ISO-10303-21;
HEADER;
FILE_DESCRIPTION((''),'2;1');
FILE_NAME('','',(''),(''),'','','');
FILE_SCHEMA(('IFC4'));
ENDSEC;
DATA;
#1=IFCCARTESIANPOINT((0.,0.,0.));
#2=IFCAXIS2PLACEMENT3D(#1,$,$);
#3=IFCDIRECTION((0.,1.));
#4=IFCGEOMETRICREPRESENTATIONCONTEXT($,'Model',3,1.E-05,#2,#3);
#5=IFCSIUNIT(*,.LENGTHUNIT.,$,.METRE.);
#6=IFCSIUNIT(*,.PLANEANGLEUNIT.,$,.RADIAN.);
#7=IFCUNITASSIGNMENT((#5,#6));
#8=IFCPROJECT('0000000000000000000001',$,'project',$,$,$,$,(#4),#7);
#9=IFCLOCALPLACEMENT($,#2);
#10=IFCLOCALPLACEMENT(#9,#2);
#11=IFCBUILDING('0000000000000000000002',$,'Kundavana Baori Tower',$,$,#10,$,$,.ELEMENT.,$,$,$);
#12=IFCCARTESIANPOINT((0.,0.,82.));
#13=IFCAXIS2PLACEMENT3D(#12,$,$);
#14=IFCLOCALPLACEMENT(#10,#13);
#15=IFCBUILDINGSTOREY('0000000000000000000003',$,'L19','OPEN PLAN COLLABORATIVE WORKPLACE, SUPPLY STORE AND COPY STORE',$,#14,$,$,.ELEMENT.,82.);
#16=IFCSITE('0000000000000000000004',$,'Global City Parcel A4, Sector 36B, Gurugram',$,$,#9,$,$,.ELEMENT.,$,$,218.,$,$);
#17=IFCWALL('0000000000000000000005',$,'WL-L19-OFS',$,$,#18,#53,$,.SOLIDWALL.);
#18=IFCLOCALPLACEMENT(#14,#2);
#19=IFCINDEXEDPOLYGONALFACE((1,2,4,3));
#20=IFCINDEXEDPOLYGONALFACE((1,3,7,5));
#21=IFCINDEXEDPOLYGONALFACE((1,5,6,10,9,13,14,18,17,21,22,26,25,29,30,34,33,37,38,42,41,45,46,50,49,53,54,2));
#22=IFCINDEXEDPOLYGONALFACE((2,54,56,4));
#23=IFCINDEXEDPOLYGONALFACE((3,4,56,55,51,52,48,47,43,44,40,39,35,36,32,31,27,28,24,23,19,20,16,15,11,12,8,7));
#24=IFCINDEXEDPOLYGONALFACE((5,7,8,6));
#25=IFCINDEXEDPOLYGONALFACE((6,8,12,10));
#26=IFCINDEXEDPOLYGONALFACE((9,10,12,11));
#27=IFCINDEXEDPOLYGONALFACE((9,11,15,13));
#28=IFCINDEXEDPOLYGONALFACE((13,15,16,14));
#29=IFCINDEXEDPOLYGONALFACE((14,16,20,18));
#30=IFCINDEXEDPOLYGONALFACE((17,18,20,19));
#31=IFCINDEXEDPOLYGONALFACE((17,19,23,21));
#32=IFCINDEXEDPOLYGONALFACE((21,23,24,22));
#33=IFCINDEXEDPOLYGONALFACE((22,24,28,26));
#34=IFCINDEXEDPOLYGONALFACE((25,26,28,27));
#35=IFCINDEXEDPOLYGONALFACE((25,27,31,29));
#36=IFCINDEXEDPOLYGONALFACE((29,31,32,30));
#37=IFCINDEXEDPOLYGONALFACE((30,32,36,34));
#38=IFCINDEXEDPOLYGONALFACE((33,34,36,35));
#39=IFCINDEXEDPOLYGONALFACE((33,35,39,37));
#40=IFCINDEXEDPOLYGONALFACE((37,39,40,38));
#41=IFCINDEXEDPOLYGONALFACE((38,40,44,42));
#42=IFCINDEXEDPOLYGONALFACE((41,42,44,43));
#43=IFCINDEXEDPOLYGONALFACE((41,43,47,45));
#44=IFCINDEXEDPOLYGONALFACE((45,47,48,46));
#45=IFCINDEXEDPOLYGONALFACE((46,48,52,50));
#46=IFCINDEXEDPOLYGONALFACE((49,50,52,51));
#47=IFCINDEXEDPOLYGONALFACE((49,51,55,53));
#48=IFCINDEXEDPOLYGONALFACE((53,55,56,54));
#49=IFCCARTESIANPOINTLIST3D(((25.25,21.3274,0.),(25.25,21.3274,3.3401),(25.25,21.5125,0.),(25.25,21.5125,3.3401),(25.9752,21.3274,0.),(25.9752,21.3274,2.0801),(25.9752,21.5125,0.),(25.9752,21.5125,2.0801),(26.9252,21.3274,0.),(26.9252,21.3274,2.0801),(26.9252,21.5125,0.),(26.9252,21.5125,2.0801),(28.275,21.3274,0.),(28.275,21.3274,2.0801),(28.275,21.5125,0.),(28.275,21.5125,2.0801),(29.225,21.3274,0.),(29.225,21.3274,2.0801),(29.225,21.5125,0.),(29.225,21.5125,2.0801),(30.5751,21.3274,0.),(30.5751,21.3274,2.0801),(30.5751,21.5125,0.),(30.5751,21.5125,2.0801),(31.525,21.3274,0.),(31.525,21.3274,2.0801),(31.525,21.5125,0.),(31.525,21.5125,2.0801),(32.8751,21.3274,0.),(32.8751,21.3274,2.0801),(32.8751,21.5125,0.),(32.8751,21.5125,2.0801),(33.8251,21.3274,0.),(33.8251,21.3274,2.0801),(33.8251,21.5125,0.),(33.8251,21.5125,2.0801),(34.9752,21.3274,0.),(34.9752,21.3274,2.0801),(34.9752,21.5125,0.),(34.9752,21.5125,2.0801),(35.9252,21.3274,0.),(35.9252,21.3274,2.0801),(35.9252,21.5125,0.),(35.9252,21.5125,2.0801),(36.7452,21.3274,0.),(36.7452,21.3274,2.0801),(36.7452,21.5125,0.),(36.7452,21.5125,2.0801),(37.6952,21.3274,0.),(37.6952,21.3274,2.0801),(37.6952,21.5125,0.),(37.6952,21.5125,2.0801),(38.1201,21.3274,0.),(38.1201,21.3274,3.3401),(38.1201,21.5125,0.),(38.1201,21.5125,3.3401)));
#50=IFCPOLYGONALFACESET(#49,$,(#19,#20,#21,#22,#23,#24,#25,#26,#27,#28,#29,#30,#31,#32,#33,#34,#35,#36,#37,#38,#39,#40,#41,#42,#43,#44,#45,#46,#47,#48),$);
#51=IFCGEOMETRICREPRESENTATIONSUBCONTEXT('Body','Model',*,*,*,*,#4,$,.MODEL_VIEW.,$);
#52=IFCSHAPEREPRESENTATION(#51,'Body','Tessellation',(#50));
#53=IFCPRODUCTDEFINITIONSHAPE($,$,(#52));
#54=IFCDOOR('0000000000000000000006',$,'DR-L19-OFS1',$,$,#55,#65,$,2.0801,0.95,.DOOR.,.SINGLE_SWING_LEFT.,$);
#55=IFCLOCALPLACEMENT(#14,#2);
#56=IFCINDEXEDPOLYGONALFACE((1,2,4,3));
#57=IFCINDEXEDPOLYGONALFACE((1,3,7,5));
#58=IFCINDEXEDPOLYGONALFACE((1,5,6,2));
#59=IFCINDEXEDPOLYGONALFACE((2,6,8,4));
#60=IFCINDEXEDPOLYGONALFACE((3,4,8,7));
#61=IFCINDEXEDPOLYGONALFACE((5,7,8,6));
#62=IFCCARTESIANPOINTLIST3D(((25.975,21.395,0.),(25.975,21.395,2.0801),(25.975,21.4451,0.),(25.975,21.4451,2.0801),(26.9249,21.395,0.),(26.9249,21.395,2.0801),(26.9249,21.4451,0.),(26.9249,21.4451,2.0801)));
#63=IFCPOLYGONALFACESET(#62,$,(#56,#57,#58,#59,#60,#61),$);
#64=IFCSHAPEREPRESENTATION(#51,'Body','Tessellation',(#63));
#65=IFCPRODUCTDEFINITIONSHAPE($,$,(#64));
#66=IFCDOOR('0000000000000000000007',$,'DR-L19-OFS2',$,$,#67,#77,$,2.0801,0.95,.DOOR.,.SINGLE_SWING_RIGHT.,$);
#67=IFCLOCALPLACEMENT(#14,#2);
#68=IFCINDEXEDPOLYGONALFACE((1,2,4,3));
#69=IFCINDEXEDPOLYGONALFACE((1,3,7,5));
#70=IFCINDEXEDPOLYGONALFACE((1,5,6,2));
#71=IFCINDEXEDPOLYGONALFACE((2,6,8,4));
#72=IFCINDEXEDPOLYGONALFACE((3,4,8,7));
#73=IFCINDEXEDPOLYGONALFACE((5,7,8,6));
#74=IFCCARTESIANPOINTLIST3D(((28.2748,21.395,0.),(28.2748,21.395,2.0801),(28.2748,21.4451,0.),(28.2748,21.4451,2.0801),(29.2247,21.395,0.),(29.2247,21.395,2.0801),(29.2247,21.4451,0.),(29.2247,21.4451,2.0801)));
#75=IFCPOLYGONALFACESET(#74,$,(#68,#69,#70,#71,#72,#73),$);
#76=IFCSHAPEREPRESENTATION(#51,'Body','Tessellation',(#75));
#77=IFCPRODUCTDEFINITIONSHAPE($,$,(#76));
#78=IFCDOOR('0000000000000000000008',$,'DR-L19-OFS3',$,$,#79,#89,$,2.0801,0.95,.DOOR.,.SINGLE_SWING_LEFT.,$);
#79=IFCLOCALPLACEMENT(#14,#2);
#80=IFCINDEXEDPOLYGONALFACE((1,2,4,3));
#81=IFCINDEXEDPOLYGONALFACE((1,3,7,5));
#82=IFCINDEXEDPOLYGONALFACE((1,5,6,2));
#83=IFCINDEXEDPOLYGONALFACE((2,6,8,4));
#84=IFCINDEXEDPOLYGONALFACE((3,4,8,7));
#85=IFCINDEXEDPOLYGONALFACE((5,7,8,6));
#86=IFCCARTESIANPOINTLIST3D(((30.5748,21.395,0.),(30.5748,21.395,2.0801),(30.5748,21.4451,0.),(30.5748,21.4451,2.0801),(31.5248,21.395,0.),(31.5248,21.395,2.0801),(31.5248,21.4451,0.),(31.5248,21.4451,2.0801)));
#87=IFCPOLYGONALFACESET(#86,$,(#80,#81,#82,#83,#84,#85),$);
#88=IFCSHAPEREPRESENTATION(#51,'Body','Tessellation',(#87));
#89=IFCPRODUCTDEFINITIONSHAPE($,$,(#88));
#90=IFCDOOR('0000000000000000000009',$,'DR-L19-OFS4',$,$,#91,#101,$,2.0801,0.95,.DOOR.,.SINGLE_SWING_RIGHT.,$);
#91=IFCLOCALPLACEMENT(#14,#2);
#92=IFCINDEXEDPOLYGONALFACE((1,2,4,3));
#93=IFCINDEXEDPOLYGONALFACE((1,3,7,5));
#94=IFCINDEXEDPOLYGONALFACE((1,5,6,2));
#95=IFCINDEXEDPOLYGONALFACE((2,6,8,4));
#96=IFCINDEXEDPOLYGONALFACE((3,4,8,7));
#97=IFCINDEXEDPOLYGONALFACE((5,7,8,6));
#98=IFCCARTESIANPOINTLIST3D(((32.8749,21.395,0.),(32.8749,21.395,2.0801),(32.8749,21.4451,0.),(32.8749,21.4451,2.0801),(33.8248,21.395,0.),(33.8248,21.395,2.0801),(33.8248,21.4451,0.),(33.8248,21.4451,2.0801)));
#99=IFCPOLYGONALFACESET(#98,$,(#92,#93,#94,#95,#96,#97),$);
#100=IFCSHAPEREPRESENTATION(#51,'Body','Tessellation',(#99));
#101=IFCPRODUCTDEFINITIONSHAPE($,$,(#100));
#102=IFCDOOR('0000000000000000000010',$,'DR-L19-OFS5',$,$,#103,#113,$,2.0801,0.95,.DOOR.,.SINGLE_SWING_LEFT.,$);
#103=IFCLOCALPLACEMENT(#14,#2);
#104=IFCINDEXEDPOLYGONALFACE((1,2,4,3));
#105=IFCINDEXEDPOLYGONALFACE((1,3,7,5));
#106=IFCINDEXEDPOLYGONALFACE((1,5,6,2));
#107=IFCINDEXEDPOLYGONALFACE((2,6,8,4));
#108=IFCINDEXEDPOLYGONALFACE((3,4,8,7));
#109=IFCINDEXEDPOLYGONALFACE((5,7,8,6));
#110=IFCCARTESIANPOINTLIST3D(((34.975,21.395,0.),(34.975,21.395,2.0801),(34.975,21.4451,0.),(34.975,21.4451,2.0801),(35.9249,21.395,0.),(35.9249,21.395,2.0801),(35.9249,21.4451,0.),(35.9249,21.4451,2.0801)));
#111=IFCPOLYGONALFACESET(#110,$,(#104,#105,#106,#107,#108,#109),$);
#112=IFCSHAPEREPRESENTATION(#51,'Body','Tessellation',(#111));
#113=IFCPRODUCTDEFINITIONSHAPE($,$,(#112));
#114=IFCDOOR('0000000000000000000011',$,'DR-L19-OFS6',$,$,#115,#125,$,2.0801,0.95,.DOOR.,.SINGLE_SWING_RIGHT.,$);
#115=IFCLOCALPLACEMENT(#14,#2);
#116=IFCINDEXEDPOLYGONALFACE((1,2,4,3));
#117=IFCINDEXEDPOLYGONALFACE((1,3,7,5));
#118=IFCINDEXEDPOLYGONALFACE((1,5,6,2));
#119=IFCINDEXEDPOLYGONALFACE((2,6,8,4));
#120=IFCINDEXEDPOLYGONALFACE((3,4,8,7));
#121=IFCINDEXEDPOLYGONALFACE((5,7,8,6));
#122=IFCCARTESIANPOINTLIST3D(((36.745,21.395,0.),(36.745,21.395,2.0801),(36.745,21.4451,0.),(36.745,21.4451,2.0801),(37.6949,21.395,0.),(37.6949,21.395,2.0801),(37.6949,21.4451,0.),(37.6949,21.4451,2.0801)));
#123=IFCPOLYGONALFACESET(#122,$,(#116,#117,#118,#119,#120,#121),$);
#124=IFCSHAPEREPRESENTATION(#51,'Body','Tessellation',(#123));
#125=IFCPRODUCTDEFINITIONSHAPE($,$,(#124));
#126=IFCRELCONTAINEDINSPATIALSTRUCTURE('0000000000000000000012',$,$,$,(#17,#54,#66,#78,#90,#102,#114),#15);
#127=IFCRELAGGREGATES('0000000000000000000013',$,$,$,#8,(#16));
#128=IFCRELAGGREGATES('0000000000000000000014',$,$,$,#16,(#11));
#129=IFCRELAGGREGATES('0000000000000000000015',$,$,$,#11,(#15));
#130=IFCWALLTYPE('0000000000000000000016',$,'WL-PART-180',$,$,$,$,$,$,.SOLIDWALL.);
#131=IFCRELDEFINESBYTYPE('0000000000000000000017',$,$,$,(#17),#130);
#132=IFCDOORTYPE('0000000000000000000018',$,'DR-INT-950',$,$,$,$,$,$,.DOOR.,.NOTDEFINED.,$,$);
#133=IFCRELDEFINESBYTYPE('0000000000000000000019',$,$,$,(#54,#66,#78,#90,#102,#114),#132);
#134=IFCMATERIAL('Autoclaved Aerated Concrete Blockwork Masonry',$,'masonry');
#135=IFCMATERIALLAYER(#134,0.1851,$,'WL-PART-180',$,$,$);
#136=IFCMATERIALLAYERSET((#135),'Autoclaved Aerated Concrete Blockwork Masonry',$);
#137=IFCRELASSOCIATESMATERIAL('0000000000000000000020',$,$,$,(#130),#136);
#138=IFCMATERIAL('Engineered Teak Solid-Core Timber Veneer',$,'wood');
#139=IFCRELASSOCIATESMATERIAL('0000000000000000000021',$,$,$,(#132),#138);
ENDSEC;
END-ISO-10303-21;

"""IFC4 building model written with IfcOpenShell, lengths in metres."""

from ifc_helpers import new_model, si_unit, direction, frame, frame_2d, origin, place, context, subcontext, project, spatial, rectangle, extrude, material, layer, layer_set, type_object, element, fill, save


model = new_model("IFC4")

# Units and contexts
model_context = context("Model", 3, precision=1e-05, world=origin(), true_north=direction((0.0, 1.0)))
body_context = subcontext(model_context, "Body", "Model", "MODEL_VIEW")
ifc_project = project(units=[si_unit("LENGTHUNIT", "METRE"), si_unit("PLANEANGLEUNIT", "RADIAN")], contexts=[model_context])

# Site, building, storey
site_placement = place(None, origin())
site = spatial("IfcSite", under=ifc_project, at=site_placement, Name="Global City Parcel A4, Sector 36B, Gurugram", CompositionType="ELEMENT", RefElevation=218.0)
building_placement = place(site_placement, origin())
building = spatial("IfcBuilding", under=site, at=building_placement, Name="Kundavana Baori Tower", CompositionType="ELEMENT")
storey_placement = place(building_placement, frame((0.0, 0.0, 82.0)))
storey = spatial("IfcBuildingStorey", under=building, at=storey_placement, Name="L19", Description="OPEN PLAN COLLABORATIVE WORKPLACE, SUPPLY STORE AND COPY STORE", CompositionType="ELEMENT", Elevation=82.0)

# Wall, openings, doors
ifc_material_1 = material(Name="Autoclaved Aerated Concrete Blockwork Masonry", Category="masonry")
ifc_layer = layer(ifc_material_1, 0.1851, Name="WL-PART-180")
ifc_layer_set = layer_set([ifc_layer], Name="Autoclaved Aerated Concrete Blockwork Masonry")
wall_type = type_object("IfcWallType", Name="WL-PART-180", PredefinedType="SOLIDWALL", material=ifc_layer_set)
wall_placement = place(storey_placement, frame((25.25, 21.4199, 0.0), z_axis=(0.0, 0.0, 1.0), x_axis=(1.0, 0.0, 0.0)))
wall = element("IfcWall", 1, at=wall_placement, inside=storey, type_object=wall_type, Name="WL-L19-OFS", PredefinedType="SOLIDWALL", context=body_context, shape_type="SweptSolid", body=[
    extrude(rectangle(XDim=12.8701, YDim=0.1851, at=frame_2d((6.4351, 0.0))), origin(), (0.0, 0.0, 1.0), 3.3401),
])
opening_1_placement = place(wall_placement, frame((0.7251, 0.0, 0.0)))
opening_1 = element("IfcOpeningElement", 2, at=opening_1_placement, cuts=wall, PredefinedType="OPENING", context=body_context, shape_type="SweptSolid", body=[
    extrude(rectangle(XDim=0.95, YDim=2.0801, at=frame_2d((0.4751, 1.04))), frame((0.0, 0.1025, 0.0), z_axis=(0.0, -1.0, 0.0), x_axis=(1.0, 0.0, 0.0)), (0.0, 0.0, 1.0), 0.2051),
])
opening_2_placement = place(wall_placement, frame((3.0249, 0.0, 0.0)))
opening_2 = element("IfcOpeningElement", 3, at=opening_2_placement, cuts=wall, PredefinedType="OPENING", context=body_context, shape_type="SweptSolid", body=[
    extrude(rectangle(XDim=0.95, YDim=2.0801, at=frame_2d((0.4751, 1.04))), frame((0.0, 0.1025, 0.0), z_axis=(0.0, -1.0, 0.0), x_axis=(1.0, 0.0, 0.0)), (0.0, 0.0, 1.0), 0.2051),
])
opening_3_placement = place(wall_placement, frame((5.325, 0.0, 0.0)))
opening_3 = element("IfcOpeningElement", 4, at=opening_3_placement, cuts=wall, PredefinedType="OPENING", context=body_context, shape_type="SweptSolid", body=[
    extrude(rectangle(XDim=0.95, YDim=2.0801, at=frame_2d((0.4751, 1.04))), frame((0.0, 0.1025, 0.0), z_axis=(0.0, -1.0, 0.0), x_axis=(1.0, 0.0, 0.0)), (0.0, 0.0, 1.0), 0.2051),
])
opening_4_placement = place(wall_placement, frame((7.625, 0.0, 0.0)))
opening_4 = element("IfcOpeningElement", 5, at=opening_4_placement, cuts=wall, PredefinedType="OPENING", context=body_context, shape_type="SweptSolid", body=[
    extrude(rectangle(XDim=0.95, YDim=2.0801, at=frame_2d((0.4751, 1.04))), frame((0.0, 0.1025, 0.0), z_axis=(0.0, -1.0, 0.0), x_axis=(1.0, 0.0, 0.0)), (0.0, 0.0, 1.0), 0.2051),
])
opening_5_placement = place(wall_placement, frame((9.7251, 0.0, 0.0)))
opening_5 = element("IfcOpeningElement", 6, at=opening_5_placement, cuts=wall, PredefinedType="OPENING", context=body_context, shape_type="SweptSolid", body=[
    extrude(rectangle(XDim=0.95, YDim=2.0801, at=frame_2d((0.4751, 1.04))), frame((0.0, 0.1025, 0.0), z_axis=(0.0, -1.0, 0.0), x_axis=(1.0, 0.0, 0.0)), (0.0, 0.0, 1.0), 0.2051),
])
opening_6_placement = place(wall_placement, frame((11.4951, 0.0, 0.0)))
opening_6 = element("IfcOpeningElement", 7, at=opening_6_placement, cuts=wall, PredefinedType="OPENING", context=body_context, shape_type="SweptSolid", body=[
    extrude(rectangle(XDim=0.95, YDim=2.0801, at=frame_2d((0.4751, 1.04))), frame((0.0, 0.1025, 0.0), z_axis=(0.0, -1.0, 0.0), x_axis=(1.0, 0.0, 0.0)), (0.0, 0.0, 1.0), 0.2051),
])
ifc_material_2 = material(Name="Engineered Teak Solid-Core Timber Veneer", Category="wood")
door_type = type_object("IfcDoorType", Name="DR-INT-950", OperationType="NOTDEFINED", PredefinedType="DOOR", material=ifc_material_2)
door_1_placement = place(opening_1_placement, frame((0.95, 0.0, 0.0), z_axis=(0.0, 0.0, 1.0), x_axis=(-1.0, 0.0, 0.0)))
door_1 = element("IfcDoor", 8, at=door_1_placement, inside=storey, type_object=door_type, Name="DR-L19-OFS1", OperationType="SINGLE_SWING_LEFT", OverallHeight=2.0801, OverallWidth=0.95, PredefinedType="DOOR", context=body_context, shape_type="SweptSolid", body=[
    extrude(rectangle(XDim=0.95, YDim=2.0801, at=frame_2d((0.4751, 1.04))), frame((0.0, 0.0249, 0.0), z_axis=(0.0, -1.0, 0.0), x_axis=(1.0, 0.0, 0.0)), (0.0, 0.0, 1.0), 0.05),
])
fill(opening_1, door_1)
door_2_placement = place(opening_2_placement, frame((0.95, 0.0, 0.0), z_axis=(0.0, 0.0, 1.0), x_axis=(-1.0, 0.0, 0.0)))
door_2 = element("IfcDoor", 9, at=door_2_placement, inside=storey, type_object=door_type, Name="DR-L19-OFS2", OperationType="SINGLE_SWING_RIGHT", OverallHeight=2.0801, OverallWidth=0.95, PredefinedType="DOOR", context=body_context, shape_type="SweptSolid", body=[
    extrude(rectangle(XDim=0.95, YDim=2.0801, at=frame_2d((0.4751, 1.04))), frame((0.0, 0.0249, 0.0), z_axis=(0.0, -1.0, 0.0), x_axis=(1.0, 0.0, 0.0)), (0.0, 0.0, 1.0), 0.05),
])
fill(opening_2, door_2)
door_3_placement = place(opening_3_placement, frame((0.95, 0.0, 0.0), z_axis=(0.0, 0.0, 1.0), x_axis=(-1.0, 0.0, 0.0)))
door_3 = element("IfcDoor", 10, at=door_3_placement, inside=storey, type_object=door_type, Name="DR-L19-OFS3", OperationType="SINGLE_SWING_LEFT", OverallHeight=2.0801, OverallWidth=0.95, PredefinedType="DOOR", context=body_context, shape_type="SweptSolid", body=[
    extrude(rectangle(XDim=0.95, YDim=2.0801, at=frame_2d((0.4751, 1.04))), frame((0.0, 0.0249, 0.0), z_axis=(0.0, -1.0, 0.0), x_axis=(1.0, 0.0, 0.0)), (0.0, 0.0, 1.0), 0.05),
])
fill(opening_3, door_3)
door_4_placement = place(opening_4_placement, frame((0.95, 0.0, 0.0), z_axis=(0.0, 0.0, 1.0), x_axis=(-1.0, 0.0, 0.0)))
door_4 = element("IfcDoor", 11, at=door_4_placement, inside=storey, type_object=door_type, Name="DR-L19-OFS4", OperationType="SINGLE_SWING_RIGHT", OverallHeight=2.0801, OverallWidth=0.95, PredefinedType="DOOR", context=body_context, shape_type="SweptSolid", body=[
    extrude(rectangle(XDim=0.95, YDim=2.0801, at=frame_2d((0.4751, 1.04))), frame((0.0, 0.0249, 0.0), z_axis=(0.0, -1.0, 0.0), x_axis=(1.0, 0.0, 0.0)), (0.0, 0.0, 1.0), 0.05),
])
fill(opening_4, door_4)
door_5_placement = place(opening_5_placement, frame((0.95, 0.0, 0.0), z_axis=(0.0, 0.0, 1.0), x_axis=(-1.0, 0.0, 0.0)))
door_5 = element("IfcDoor", 12, at=door_5_placement, inside=storey, type_object=door_type, Name="DR-L19-OFS5", OperationType="SINGLE_SWING_LEFT", OverallHeight=2.0801, OverallWidth=0.95, PredefinedType="DOOR", context=body_context, shape_type="SweptSolid", body=[
    extrude(rectangle(XDim=0.95, YDim=2.0801, at=frame_2d((0.4751, 1.04))), frame((0.0, 0.0249, 0.0), z_axis=(0.0, -1.0, 0.0), x_axis=(1.0, 0.0, 0.0)), (0.0, 0.0, 1.0), 0.05),
])
fill(opening_5, door_5)
door_6_placement = place(opening_6_placement, frame((0.95, 0.0, 0.0), z_axis=(0.0, 0.0, 1.0), x_axis=(-1.0, 0.0, 0.0)))
door_6 = element("IfcDoor", 13, at=door_6_placement, inside=storey, type_object=door_type, Name="DR-L19-OFS6", OperationType="SINGLE_SWING_RIGHT", OverallHeight=2.0801, OverallWidth=0.95, PredefinedType="DOOR", context=body_context, shape_type="SweptSolid", body=[
    extrude(rectangle(XDim=0.95, YDim=2.0801, at=frame_2d((0.4751, 1.04))), frame((0.0, 0.0249, 0.0), z_axis=(0.0, -1.0, 0.0), x_axis=(1.0, 0.0, 0.0)), (0.0, 0.0, 1.0), 0.05),
])
fill(opening_6, door_6)

save(model, "model.ifc")
